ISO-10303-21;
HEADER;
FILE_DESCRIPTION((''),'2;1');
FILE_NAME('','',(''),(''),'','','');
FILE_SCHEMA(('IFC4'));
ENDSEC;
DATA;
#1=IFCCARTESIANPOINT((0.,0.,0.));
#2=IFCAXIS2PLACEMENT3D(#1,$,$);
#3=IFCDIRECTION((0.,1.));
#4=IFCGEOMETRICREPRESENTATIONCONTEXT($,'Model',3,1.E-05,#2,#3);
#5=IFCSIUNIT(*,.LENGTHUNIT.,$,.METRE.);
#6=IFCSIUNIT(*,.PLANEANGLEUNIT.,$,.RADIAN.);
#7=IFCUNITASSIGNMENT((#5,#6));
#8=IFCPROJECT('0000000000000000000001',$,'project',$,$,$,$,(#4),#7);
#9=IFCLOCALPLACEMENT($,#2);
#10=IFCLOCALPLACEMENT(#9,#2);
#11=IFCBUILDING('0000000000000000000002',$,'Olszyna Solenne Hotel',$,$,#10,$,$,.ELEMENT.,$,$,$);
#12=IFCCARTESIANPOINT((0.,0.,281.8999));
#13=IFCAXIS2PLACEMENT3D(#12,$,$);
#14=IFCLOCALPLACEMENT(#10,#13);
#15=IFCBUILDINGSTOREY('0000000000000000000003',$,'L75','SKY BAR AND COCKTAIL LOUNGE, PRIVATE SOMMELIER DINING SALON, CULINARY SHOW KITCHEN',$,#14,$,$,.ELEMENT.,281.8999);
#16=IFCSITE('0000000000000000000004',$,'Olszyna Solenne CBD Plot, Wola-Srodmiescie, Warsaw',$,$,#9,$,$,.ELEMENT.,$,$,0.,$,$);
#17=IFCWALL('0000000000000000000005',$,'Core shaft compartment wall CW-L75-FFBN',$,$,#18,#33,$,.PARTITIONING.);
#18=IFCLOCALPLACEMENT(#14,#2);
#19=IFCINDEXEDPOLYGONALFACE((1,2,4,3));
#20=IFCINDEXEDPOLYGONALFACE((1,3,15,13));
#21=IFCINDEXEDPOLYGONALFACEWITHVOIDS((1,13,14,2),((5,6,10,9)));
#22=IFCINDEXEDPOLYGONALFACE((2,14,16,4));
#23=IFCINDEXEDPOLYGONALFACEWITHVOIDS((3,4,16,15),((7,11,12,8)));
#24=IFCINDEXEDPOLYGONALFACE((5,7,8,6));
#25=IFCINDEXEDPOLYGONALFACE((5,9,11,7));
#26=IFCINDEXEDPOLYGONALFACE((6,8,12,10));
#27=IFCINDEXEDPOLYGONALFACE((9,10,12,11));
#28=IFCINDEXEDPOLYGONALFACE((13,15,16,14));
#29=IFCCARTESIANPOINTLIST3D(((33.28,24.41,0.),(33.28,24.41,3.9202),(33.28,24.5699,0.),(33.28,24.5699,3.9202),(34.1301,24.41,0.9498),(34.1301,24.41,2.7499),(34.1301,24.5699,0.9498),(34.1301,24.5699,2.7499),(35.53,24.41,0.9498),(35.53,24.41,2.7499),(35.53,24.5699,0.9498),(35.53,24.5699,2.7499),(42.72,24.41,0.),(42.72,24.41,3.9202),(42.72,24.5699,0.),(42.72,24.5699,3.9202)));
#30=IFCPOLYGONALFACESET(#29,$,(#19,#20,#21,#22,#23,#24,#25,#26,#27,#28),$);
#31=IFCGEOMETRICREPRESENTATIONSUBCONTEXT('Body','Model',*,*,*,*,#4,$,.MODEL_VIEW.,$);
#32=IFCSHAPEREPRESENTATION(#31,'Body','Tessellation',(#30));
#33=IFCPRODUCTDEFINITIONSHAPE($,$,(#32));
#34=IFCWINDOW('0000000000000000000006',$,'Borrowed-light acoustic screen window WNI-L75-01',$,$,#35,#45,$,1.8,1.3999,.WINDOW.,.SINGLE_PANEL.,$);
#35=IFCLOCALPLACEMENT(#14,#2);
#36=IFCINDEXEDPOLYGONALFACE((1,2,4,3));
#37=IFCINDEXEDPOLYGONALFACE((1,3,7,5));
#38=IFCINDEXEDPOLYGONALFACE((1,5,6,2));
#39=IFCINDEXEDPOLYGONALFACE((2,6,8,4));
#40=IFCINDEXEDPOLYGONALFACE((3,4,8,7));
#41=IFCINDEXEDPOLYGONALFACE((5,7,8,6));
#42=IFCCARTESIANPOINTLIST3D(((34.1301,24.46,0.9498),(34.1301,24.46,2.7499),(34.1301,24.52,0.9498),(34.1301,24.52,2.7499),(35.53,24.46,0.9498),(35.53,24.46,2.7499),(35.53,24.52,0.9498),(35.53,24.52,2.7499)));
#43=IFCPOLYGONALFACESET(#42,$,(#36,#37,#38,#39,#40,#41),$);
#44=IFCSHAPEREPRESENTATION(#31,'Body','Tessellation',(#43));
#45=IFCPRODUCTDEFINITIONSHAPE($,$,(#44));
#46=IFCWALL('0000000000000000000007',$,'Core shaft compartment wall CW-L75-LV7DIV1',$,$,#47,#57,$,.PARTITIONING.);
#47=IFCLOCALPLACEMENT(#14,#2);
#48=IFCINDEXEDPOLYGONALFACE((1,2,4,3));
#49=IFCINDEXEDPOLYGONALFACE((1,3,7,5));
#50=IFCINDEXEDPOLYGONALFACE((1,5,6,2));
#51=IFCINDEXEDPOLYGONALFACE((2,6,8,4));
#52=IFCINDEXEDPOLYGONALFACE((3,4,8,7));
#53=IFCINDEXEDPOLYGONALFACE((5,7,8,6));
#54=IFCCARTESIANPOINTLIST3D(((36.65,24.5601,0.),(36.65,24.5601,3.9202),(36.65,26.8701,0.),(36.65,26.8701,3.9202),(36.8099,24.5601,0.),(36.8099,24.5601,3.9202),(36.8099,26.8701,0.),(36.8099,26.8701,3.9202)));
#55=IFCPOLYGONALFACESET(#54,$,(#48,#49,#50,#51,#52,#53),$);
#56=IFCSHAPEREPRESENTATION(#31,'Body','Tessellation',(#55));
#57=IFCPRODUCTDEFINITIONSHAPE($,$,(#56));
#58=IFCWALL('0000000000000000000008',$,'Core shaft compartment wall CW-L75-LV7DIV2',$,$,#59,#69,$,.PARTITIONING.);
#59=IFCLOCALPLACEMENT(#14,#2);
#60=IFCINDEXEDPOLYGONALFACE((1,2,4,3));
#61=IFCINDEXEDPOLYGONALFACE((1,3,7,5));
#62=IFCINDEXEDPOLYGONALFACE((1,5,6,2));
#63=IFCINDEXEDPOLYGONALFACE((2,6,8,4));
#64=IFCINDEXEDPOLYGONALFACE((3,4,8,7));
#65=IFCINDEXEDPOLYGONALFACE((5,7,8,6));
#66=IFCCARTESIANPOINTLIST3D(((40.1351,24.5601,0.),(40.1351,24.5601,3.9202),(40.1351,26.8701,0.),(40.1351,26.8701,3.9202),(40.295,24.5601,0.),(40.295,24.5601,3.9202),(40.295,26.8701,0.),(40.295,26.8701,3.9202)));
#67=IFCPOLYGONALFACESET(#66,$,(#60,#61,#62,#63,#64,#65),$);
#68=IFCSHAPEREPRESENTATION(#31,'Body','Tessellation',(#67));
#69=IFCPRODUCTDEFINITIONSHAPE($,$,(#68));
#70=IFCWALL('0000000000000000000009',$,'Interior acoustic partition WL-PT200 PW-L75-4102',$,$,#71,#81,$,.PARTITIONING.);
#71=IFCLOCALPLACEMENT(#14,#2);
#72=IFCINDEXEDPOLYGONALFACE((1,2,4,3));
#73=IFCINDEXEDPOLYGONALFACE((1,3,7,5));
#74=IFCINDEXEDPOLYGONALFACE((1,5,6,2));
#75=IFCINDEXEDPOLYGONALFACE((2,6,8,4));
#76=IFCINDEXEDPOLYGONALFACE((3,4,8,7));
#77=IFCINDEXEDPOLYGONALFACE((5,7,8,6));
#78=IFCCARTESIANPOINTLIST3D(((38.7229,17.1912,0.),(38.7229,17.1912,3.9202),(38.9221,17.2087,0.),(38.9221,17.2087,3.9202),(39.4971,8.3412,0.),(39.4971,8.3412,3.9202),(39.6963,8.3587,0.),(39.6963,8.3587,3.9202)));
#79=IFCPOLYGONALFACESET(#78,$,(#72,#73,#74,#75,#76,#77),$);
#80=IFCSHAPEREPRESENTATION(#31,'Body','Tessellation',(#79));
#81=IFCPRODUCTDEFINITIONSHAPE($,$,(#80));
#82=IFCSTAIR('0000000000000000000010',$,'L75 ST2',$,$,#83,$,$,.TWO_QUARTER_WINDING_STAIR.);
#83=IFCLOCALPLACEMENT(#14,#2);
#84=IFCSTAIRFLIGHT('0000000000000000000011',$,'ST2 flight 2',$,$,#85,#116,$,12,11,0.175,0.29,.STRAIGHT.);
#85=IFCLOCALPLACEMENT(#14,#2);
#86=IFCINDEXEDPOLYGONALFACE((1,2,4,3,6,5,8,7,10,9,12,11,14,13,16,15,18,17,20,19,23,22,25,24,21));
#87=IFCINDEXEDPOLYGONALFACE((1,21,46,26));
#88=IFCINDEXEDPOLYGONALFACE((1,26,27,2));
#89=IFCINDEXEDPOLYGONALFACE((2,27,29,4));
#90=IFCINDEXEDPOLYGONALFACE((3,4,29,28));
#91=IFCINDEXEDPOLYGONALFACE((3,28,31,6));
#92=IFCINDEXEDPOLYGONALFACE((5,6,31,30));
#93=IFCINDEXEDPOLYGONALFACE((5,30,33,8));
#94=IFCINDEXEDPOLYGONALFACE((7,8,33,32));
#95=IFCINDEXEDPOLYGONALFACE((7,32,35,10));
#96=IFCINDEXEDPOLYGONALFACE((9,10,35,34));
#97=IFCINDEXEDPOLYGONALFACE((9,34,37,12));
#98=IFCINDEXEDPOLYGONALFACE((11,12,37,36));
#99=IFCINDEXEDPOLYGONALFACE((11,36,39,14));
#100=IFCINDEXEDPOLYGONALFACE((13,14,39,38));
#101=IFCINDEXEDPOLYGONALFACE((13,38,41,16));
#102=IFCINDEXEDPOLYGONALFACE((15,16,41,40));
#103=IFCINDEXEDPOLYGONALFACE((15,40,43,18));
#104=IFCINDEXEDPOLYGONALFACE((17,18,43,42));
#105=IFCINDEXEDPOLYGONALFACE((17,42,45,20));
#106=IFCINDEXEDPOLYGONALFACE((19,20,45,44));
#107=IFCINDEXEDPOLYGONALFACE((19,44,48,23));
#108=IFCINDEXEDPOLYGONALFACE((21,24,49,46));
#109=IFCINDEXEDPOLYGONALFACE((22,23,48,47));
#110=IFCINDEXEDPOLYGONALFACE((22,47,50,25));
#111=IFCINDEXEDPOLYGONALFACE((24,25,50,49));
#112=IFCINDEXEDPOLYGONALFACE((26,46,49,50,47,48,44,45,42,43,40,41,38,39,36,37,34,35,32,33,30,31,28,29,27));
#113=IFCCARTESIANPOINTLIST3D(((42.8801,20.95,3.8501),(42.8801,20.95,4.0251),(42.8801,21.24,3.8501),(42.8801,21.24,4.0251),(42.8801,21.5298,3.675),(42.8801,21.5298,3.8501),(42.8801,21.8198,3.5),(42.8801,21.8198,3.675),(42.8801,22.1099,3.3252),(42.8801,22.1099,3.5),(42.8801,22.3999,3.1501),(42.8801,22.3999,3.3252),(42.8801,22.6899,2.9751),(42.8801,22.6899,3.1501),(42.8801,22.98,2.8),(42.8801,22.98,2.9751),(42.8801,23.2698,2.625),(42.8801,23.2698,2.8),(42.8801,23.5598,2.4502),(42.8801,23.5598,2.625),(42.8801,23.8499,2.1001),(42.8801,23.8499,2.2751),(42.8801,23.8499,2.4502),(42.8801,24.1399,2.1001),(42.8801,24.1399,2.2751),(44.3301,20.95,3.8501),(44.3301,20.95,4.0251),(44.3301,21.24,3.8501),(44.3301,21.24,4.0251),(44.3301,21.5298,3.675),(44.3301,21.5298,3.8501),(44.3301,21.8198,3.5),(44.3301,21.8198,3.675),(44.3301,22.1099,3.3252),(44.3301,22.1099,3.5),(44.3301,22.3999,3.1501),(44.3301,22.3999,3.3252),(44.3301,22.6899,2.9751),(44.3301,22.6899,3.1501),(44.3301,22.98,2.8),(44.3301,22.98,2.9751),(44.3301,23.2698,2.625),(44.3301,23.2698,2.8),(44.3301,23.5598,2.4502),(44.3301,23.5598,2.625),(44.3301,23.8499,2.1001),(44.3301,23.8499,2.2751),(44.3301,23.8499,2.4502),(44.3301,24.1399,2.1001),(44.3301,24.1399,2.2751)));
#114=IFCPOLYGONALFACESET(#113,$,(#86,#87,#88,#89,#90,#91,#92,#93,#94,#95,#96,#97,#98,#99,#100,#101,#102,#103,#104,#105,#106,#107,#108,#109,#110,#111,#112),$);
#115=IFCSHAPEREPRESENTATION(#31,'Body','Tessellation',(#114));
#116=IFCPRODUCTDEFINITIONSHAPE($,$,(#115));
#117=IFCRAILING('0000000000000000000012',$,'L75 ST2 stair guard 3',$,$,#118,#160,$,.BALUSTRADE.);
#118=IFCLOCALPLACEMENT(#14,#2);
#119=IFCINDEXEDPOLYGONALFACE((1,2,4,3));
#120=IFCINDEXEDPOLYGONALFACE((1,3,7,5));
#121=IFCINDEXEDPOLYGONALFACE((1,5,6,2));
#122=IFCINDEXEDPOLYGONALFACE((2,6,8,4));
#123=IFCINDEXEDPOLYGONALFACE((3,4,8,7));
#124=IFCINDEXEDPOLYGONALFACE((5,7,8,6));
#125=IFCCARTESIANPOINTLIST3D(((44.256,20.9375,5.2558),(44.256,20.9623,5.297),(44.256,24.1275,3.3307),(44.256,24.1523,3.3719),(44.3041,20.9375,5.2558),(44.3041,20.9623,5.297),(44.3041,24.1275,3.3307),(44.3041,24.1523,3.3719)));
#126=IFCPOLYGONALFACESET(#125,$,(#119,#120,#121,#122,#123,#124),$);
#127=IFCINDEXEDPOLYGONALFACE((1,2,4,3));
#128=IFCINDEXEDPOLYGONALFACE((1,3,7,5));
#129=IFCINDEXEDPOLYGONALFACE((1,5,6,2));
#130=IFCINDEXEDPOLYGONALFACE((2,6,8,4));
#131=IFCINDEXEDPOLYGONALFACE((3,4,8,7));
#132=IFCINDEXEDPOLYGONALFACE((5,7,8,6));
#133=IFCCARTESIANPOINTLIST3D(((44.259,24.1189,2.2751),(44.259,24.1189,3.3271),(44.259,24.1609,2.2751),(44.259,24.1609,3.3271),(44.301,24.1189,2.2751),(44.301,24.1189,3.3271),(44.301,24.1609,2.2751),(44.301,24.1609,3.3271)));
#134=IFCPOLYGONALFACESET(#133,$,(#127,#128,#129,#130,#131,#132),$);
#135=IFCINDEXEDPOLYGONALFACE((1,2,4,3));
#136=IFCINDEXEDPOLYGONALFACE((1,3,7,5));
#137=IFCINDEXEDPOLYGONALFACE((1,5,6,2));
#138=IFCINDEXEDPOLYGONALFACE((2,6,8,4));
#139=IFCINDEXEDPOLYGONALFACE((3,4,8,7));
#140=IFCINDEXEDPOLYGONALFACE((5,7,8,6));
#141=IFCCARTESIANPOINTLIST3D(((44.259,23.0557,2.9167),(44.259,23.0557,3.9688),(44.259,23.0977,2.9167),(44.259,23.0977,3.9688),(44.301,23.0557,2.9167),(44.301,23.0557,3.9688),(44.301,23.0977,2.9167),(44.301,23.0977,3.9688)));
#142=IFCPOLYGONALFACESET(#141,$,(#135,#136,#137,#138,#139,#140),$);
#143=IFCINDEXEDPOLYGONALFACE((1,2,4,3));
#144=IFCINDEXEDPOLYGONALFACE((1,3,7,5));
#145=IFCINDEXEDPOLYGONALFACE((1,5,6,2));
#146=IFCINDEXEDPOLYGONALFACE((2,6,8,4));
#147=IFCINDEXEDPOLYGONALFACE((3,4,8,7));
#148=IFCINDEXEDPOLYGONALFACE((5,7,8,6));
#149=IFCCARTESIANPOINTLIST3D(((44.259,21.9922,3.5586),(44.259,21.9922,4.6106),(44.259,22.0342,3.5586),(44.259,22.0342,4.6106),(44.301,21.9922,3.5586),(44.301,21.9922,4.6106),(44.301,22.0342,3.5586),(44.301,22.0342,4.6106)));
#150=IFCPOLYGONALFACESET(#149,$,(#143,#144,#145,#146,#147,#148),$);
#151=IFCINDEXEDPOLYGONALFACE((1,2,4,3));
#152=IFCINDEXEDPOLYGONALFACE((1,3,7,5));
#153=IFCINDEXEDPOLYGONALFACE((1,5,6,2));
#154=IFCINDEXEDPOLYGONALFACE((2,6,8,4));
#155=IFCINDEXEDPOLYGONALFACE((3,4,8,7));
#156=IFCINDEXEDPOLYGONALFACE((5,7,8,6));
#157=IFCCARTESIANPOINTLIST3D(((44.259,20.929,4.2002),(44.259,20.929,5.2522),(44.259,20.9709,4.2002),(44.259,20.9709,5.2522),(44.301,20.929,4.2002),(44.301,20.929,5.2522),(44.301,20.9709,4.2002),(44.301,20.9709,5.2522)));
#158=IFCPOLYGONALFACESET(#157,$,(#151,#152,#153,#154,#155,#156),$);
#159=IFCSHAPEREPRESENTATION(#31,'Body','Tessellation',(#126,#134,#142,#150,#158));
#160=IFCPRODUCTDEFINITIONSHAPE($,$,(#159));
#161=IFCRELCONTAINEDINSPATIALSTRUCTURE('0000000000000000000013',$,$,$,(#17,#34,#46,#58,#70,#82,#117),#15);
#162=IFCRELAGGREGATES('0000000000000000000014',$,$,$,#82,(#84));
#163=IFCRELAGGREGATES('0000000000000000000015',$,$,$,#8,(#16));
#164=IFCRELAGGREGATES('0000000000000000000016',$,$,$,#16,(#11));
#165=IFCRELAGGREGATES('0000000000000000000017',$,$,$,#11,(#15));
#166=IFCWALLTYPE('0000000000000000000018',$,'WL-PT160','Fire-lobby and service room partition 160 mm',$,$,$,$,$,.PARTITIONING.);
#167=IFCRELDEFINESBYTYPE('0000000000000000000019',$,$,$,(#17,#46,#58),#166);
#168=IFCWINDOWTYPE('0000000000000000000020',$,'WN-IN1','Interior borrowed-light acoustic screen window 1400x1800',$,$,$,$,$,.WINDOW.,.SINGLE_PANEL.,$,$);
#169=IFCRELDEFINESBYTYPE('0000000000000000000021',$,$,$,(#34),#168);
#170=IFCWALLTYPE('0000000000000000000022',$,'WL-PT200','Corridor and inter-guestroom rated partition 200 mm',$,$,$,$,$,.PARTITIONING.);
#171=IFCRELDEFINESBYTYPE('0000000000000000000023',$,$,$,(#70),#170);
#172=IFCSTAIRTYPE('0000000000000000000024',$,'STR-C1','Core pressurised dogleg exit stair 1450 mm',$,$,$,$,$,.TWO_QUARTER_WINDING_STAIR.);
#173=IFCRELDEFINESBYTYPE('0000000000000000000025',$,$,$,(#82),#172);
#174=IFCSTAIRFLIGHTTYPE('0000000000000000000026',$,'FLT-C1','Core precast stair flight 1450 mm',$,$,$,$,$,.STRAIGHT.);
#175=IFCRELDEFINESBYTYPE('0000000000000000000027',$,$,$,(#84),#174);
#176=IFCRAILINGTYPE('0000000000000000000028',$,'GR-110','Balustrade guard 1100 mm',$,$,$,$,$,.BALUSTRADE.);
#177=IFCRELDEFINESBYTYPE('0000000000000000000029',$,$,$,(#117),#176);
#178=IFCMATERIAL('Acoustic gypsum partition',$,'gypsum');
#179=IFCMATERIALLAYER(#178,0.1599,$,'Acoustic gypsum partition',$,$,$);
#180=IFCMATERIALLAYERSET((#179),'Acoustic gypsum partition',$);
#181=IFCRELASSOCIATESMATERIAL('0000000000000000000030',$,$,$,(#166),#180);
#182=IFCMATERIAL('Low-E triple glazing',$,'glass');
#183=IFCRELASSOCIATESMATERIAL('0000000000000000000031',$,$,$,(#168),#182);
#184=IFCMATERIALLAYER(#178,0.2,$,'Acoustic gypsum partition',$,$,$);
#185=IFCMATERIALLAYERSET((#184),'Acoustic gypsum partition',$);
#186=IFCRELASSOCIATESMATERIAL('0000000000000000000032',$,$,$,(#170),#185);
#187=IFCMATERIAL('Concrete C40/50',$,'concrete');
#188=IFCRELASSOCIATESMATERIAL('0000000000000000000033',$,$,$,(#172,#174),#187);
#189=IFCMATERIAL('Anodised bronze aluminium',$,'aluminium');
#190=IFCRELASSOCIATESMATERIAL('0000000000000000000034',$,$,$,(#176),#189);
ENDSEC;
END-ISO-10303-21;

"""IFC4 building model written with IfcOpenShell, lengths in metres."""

from ifc_helpers import new_model, si_unit, direction, frame, frame_2d, origin, origin_2d, place, context, subcontext, project, spatial, polyline, rectangle, outline, extrude, source, transform, mapped, material, layer, layer_set, type_object, type_shapes, element, fill, aggregate, save


model = new_model("IFC4")

# Units and contexts
model_context = context("Model", 3, precision=1e-05, world=origin(), true_north=direction((0.0, 1.0)))
body_context = subcontext(model_context, "Body", "Model", "MODEL_VIEW")
ifc_project = project(units=[si_unit("LENGTHUNIT", "METRE"), si_unit("PLANEANGLEUNIT", "RADIAN")], contexts=[model_context])

# Site, building, storey
site_placement = place(None, origin())
site = spatial("IfcSite", under=ifc_project, at=site_placement, Name="Olszyna Solenne CBD Plot, Wola-Srodmiescie, Warsaw", CompositionType="ELEMENT", RefElevation=0.0)
building_placement = place(site_placement, origin())
building = spatial("IfcBuilding", under=site, at=building_placement, Name="Olszyna Solenne Hotel", CompositionType="ELEMENT")
storey_placement = place(building_placement, frame((0.0, 0.0, 281.8999)))
storey = spatial("IfcBuildingStorey", under=building, at=storey_placement, Name="L75", Description="SKY BAR AND COCKTAIL LOUNGE, PRIVATE SOMMELIER DINING SALON, CULINARY SHOW KITCHEN", CompositionType="ELEMENT", Elevation=281.8999)

# Shared definitions
ifc_material_1 = material(Name="Acoustic gypsum partition", Category="gypsum")

# Shared definitions
ifc_layer_1 = layer(ifc_material_1, 0.1599, Name="Acoustic gypsum partition")
ifc_layer_set_1 = layer_set([ifc_layer_1], Name="Acoustic gypsum partition")
wall_type_1 = type_object("IfcWallType", Name="WL-PT160", Description="Fire-lobby and service room partition 160 mm", PredefinedType="PARTITIONING", material=ifc_layer_set_1)

# Wall, opening, window
wall_1_placement = place(storey_placement, frame((33.28, 24.49, 0.0), z_axis=(0.0, 0.0, 1.0), x_axis=(1.0, 0.0, 0.0)))
wall_1 = element("IfcWall", 1, at=wall_1_placement, inside=storey, type_object=wall_type_1, Name="Core shaft compartment wall CW-L75-FFBN", PredefinedType="PARTITIONING", context=body_context, shape_type="SweptSolid", body=[
    extrude(rectangle(XDim=9.4399, YDim=0.1599, at=frame_2d((4.72, 0.0))), origin(), (0.0, 0.0, 1.0), 3.9202),
])
opening_1_placement = place(wall_1_placement, frame((0.8501, 0.0, 0.95)))
opening_1 = element("IfcOpeningElement", 2, at=opening_1_placement, cuts=wall_1, PredefinedType="OPENING", context=body_context, shape_type="SweptSolid", body=[
    extrude(rectangle(XDim=1.3999, YDim=1.8, at=frame_2d((0.7, 0.8999))), frame((0.0, 0.0898, 0.0), z_axis=(0.0, -1.0, 0.0), x_axis=(1.0, 0.0, 0.0)), (0.0, 0.0, 1.0), 0.1799),
])
ifc_material_2 = material(Name="Low-E triple glazing", Category="glass")
window_type = type_object("IfcWindowType", Name="WN-IN1", Description="Interior borrowed-light acoustic screen window 1400x1800", PartitioningType="SINGLE_PANEL", PredefinedType="WINDOW", material=ifc_material_2)
shared_shape_1 = source(origin(), body_context, "Body", "SweptSolid", [
    extrude(rectangle(XDim=1.3999, YDim=1.8, at=frame_2d((0.7, 0.8999))), frame((0.0, 0.03, 0.0), z_axis=(0.0, -1.0, 0.0), x_axis=(1.0, 0.0, 0.0)), (0.0, 0.0, 1.0), 0.0601),
])
type_shapes(window_type, [shared_shape_1])
window_placement = place(opening_1_placement, origin())
window = element("IfcWindow", 3, at=window_placement, inside=storey, type_object=window_type, Name="Borrowed-light acoustic screen window WNI-L75-01", OverallHeight=1.8, OverallWidth=1.3999, PartitioningType="SINGLE_PANEL", PredefinedType="WINDOW", context=body_context, shape_type="MappedRepresentation", body=[
    mapped(shared_shape_1, transform((0.0, 0.0, 0.0), x_axis=(1.0, 0.0, 0.0), y_axis=(0.0, 1.0, 0.0), z_axis=(0.0, 0.0, 1.0), scale=1.0)),
])
fill(opening_1, window)

# Walls
for number, where, z_axis, x_axis, name in (
    (4, (36.73, 24.5601, 0.0), (0.0, 0.0, 1.0), (0.0, 1.0, 0.0), "Core shaft compartment wall CW-L75-LV7DIV1"),
    (5, (40.2151, 24.5601, 0.0), (0.0, 0.0, 1.0), (0.0, 1.0, 0.0), "Core shaft compartment wall CW-L75-LV7DIV2"),
):
    element("IfcWall", number, at=place(storey_placement, frame(where, z_axis=z_axis, x_axis=x_axis)), inside=storey, type_object=wall_type_1, Name=name, PredefinedType="PARTITIONING", context=body_context, shape_type="SweptSolid", body=[
        extrude(rectangle(XDim=2.3101, YDim=0.1599, at=frame_2d((1.155, 0.0))), origin(), (0.0, 0.0, 1.0), 3.9202),
    ])
ifc_layer_2 = layer(ifc_material_1, 0.2, Name="Acoustic gypsum partition")
ifc_layer_set_2 = layer_set([ifc_layer_2], Name="Acoustic gypsum partition")
wall_type_2 = type_object("IfcWallType", Name="WL-PT200", Description="Corridor and inter-guestroom rated partition 200 mm", PredefinedType="PARTITIONING", material=ifc_layer_set_2)
wall_2_placement = place(storey_placement, frame((38.8225, 17.2, 0.0), z_axis=(0.0, 0.0, 1.0), x_axis=(0.087143, -0.996196, 0.0)))
element("IfcWall", 6, at=wall_2_placement, inside=storey, type_object=wall_type_2, Name="Interior acoustic partition WL-PT200 PW-L75-4102", PredefinedType="PARTITIONING", context=body_context, shape_type="SweptSolid", body=[
    extrude(rectangle(XDim=8.8838, YDim=0.2, at=frame_2d((4.4419, 0.0))), origin(), (0.0, 0.0, 1.0), 3.9202),
])

# Stair, stair flight
ifc_material_3 = material(Name="Concrete C40/50", Category="concrete")
stair_type = type_object("IfcStairType", Name="STR-C1", Description="Core pressurised dogleg exit stair 1450 mm", PredefinedType="TWO_QUARTER_WINDING_STAIR", material=ifc_material_3)
stair_placement = place(storey_placement, origin())
stair = element("IfcStair", 7, at=stair_placement, inside=storey, type_object=stair_type, Name="L75 ST2", PredefinedType="TWO_QUARTER_WINDING_STAIR")
stair_flight_type = type_object("IfcStairFlightType", Name="FLT-C1", Description="Core precast stair flight 1450 mm", PredefinedType="STRAIGHT", material=ifc_material_3)
stair_flight_placement = place(storey_placement, frame((43.605, 24.1399, 2.1001), z_axis=(0.0, 0.0, 1.0), x_axis=(0.0, -1.0, 0.0)))
stair_flight = element("IfcStairFlight", 8, at=stair_flight_placement, type_object=stair_flight_type, Name="ST2 flight 2", NumberOfRisers=12, NumberOfTreads=11, PredefinedType="STRAIGHT", RiserHeight=0.175, TreadLength=0.29, context=body_context, shape_type="SweptSolid", body=[
    extrude(outline(polyline([(0.0, 0.0), (0.0, 0.175), (0.29, 0.175), (0.29, 0.3501), (0.5801, 0.3501), (0.5801, 0.5249), (0.8701, 0.5249), (0.8701, 0.7), (1.1599, 0.7), (1.1599, 0.875), (1.45, 0.875), (1.45, 1.05), (1.74, 1.05), (1.74, 1.2251), (2.03, 1.2251), (2.03, 1.3999), (2.3201, 1.3999), (2.3201, 1.575), (2.6101, 1.575), (2.6101, 1.75), (2.8999, 1.75), (2.8999, 1.925), (3.1899, 1.925), (3.1899, 2.1001), (3.1899, 1.75), (0.29, 0.0), (0.0, 0.0)])), frame((0.0, 0.7251, 0.0), z_axis=(0.0, -1.0, 0.0), x_axis=(1.0, 0.0, 0.0)), (0.0, 0.0, 1.0), 1.45),
])
aggregate(stair, [stair_flight])

# Railing
ifc_material_4 = material(Name="Anodised bronze aluminium", Category="aluminium")
railing_type_1 = type_object("IfcRailingType", Name="GR-110", Description="Balustrade guard 1100 mm", PredefinedType="BALUSTRADE", material=ifc_material_4)
railing_1_placement = place(storey_placement, frame((44.28, 24.1399, 2.2751)))
element("IfcRailing", 9, at=railing_1_placement, inside=storey, type_object=railing_type_1, Name="L75 ST2 stair guard 3", PredefinedType="BALUSTRADE", context=body_context, shape_type="SweptSolid", body=[
    extrude(rectangle(XDim=0.0481, YDim=0.0481, at=origin_2d()), frame((0.0, 0.0, 1.0762), z_axis=(0.0, -0.856178, 0.516682), x_axis=(1.0, 0.0, 0.0)), (0.0, 0.0, 1.0), 3.7258),
    extrude(rectangle(XDim=0.042, YDim=0.042, at=origin_2d()), origin(), (0.0, 0.0, 1.0), 1.052),
    extrude(rectangle(XDim=0.042, YDim=0.042, at=origin_2d()), frame((0.0, -1.0632, 0.6416)), (0.0, 0.0, 1.0), 1.052),
    extrude(rectangle(XDim=0.042, YDim=0.042, at=origin_2d()), frame((0.0, -2.1267, 1.2834)), (0.0, 0.0, 1.0), 1.052),
    extrude(rectangle(XDim=0.042, YDim=0.042, at=origin_2d()), frame((0.0, -3.1899, 1.925)), (0.0, 0.0, 1.0), 1.052),
])

save(model, "model.ifc")
